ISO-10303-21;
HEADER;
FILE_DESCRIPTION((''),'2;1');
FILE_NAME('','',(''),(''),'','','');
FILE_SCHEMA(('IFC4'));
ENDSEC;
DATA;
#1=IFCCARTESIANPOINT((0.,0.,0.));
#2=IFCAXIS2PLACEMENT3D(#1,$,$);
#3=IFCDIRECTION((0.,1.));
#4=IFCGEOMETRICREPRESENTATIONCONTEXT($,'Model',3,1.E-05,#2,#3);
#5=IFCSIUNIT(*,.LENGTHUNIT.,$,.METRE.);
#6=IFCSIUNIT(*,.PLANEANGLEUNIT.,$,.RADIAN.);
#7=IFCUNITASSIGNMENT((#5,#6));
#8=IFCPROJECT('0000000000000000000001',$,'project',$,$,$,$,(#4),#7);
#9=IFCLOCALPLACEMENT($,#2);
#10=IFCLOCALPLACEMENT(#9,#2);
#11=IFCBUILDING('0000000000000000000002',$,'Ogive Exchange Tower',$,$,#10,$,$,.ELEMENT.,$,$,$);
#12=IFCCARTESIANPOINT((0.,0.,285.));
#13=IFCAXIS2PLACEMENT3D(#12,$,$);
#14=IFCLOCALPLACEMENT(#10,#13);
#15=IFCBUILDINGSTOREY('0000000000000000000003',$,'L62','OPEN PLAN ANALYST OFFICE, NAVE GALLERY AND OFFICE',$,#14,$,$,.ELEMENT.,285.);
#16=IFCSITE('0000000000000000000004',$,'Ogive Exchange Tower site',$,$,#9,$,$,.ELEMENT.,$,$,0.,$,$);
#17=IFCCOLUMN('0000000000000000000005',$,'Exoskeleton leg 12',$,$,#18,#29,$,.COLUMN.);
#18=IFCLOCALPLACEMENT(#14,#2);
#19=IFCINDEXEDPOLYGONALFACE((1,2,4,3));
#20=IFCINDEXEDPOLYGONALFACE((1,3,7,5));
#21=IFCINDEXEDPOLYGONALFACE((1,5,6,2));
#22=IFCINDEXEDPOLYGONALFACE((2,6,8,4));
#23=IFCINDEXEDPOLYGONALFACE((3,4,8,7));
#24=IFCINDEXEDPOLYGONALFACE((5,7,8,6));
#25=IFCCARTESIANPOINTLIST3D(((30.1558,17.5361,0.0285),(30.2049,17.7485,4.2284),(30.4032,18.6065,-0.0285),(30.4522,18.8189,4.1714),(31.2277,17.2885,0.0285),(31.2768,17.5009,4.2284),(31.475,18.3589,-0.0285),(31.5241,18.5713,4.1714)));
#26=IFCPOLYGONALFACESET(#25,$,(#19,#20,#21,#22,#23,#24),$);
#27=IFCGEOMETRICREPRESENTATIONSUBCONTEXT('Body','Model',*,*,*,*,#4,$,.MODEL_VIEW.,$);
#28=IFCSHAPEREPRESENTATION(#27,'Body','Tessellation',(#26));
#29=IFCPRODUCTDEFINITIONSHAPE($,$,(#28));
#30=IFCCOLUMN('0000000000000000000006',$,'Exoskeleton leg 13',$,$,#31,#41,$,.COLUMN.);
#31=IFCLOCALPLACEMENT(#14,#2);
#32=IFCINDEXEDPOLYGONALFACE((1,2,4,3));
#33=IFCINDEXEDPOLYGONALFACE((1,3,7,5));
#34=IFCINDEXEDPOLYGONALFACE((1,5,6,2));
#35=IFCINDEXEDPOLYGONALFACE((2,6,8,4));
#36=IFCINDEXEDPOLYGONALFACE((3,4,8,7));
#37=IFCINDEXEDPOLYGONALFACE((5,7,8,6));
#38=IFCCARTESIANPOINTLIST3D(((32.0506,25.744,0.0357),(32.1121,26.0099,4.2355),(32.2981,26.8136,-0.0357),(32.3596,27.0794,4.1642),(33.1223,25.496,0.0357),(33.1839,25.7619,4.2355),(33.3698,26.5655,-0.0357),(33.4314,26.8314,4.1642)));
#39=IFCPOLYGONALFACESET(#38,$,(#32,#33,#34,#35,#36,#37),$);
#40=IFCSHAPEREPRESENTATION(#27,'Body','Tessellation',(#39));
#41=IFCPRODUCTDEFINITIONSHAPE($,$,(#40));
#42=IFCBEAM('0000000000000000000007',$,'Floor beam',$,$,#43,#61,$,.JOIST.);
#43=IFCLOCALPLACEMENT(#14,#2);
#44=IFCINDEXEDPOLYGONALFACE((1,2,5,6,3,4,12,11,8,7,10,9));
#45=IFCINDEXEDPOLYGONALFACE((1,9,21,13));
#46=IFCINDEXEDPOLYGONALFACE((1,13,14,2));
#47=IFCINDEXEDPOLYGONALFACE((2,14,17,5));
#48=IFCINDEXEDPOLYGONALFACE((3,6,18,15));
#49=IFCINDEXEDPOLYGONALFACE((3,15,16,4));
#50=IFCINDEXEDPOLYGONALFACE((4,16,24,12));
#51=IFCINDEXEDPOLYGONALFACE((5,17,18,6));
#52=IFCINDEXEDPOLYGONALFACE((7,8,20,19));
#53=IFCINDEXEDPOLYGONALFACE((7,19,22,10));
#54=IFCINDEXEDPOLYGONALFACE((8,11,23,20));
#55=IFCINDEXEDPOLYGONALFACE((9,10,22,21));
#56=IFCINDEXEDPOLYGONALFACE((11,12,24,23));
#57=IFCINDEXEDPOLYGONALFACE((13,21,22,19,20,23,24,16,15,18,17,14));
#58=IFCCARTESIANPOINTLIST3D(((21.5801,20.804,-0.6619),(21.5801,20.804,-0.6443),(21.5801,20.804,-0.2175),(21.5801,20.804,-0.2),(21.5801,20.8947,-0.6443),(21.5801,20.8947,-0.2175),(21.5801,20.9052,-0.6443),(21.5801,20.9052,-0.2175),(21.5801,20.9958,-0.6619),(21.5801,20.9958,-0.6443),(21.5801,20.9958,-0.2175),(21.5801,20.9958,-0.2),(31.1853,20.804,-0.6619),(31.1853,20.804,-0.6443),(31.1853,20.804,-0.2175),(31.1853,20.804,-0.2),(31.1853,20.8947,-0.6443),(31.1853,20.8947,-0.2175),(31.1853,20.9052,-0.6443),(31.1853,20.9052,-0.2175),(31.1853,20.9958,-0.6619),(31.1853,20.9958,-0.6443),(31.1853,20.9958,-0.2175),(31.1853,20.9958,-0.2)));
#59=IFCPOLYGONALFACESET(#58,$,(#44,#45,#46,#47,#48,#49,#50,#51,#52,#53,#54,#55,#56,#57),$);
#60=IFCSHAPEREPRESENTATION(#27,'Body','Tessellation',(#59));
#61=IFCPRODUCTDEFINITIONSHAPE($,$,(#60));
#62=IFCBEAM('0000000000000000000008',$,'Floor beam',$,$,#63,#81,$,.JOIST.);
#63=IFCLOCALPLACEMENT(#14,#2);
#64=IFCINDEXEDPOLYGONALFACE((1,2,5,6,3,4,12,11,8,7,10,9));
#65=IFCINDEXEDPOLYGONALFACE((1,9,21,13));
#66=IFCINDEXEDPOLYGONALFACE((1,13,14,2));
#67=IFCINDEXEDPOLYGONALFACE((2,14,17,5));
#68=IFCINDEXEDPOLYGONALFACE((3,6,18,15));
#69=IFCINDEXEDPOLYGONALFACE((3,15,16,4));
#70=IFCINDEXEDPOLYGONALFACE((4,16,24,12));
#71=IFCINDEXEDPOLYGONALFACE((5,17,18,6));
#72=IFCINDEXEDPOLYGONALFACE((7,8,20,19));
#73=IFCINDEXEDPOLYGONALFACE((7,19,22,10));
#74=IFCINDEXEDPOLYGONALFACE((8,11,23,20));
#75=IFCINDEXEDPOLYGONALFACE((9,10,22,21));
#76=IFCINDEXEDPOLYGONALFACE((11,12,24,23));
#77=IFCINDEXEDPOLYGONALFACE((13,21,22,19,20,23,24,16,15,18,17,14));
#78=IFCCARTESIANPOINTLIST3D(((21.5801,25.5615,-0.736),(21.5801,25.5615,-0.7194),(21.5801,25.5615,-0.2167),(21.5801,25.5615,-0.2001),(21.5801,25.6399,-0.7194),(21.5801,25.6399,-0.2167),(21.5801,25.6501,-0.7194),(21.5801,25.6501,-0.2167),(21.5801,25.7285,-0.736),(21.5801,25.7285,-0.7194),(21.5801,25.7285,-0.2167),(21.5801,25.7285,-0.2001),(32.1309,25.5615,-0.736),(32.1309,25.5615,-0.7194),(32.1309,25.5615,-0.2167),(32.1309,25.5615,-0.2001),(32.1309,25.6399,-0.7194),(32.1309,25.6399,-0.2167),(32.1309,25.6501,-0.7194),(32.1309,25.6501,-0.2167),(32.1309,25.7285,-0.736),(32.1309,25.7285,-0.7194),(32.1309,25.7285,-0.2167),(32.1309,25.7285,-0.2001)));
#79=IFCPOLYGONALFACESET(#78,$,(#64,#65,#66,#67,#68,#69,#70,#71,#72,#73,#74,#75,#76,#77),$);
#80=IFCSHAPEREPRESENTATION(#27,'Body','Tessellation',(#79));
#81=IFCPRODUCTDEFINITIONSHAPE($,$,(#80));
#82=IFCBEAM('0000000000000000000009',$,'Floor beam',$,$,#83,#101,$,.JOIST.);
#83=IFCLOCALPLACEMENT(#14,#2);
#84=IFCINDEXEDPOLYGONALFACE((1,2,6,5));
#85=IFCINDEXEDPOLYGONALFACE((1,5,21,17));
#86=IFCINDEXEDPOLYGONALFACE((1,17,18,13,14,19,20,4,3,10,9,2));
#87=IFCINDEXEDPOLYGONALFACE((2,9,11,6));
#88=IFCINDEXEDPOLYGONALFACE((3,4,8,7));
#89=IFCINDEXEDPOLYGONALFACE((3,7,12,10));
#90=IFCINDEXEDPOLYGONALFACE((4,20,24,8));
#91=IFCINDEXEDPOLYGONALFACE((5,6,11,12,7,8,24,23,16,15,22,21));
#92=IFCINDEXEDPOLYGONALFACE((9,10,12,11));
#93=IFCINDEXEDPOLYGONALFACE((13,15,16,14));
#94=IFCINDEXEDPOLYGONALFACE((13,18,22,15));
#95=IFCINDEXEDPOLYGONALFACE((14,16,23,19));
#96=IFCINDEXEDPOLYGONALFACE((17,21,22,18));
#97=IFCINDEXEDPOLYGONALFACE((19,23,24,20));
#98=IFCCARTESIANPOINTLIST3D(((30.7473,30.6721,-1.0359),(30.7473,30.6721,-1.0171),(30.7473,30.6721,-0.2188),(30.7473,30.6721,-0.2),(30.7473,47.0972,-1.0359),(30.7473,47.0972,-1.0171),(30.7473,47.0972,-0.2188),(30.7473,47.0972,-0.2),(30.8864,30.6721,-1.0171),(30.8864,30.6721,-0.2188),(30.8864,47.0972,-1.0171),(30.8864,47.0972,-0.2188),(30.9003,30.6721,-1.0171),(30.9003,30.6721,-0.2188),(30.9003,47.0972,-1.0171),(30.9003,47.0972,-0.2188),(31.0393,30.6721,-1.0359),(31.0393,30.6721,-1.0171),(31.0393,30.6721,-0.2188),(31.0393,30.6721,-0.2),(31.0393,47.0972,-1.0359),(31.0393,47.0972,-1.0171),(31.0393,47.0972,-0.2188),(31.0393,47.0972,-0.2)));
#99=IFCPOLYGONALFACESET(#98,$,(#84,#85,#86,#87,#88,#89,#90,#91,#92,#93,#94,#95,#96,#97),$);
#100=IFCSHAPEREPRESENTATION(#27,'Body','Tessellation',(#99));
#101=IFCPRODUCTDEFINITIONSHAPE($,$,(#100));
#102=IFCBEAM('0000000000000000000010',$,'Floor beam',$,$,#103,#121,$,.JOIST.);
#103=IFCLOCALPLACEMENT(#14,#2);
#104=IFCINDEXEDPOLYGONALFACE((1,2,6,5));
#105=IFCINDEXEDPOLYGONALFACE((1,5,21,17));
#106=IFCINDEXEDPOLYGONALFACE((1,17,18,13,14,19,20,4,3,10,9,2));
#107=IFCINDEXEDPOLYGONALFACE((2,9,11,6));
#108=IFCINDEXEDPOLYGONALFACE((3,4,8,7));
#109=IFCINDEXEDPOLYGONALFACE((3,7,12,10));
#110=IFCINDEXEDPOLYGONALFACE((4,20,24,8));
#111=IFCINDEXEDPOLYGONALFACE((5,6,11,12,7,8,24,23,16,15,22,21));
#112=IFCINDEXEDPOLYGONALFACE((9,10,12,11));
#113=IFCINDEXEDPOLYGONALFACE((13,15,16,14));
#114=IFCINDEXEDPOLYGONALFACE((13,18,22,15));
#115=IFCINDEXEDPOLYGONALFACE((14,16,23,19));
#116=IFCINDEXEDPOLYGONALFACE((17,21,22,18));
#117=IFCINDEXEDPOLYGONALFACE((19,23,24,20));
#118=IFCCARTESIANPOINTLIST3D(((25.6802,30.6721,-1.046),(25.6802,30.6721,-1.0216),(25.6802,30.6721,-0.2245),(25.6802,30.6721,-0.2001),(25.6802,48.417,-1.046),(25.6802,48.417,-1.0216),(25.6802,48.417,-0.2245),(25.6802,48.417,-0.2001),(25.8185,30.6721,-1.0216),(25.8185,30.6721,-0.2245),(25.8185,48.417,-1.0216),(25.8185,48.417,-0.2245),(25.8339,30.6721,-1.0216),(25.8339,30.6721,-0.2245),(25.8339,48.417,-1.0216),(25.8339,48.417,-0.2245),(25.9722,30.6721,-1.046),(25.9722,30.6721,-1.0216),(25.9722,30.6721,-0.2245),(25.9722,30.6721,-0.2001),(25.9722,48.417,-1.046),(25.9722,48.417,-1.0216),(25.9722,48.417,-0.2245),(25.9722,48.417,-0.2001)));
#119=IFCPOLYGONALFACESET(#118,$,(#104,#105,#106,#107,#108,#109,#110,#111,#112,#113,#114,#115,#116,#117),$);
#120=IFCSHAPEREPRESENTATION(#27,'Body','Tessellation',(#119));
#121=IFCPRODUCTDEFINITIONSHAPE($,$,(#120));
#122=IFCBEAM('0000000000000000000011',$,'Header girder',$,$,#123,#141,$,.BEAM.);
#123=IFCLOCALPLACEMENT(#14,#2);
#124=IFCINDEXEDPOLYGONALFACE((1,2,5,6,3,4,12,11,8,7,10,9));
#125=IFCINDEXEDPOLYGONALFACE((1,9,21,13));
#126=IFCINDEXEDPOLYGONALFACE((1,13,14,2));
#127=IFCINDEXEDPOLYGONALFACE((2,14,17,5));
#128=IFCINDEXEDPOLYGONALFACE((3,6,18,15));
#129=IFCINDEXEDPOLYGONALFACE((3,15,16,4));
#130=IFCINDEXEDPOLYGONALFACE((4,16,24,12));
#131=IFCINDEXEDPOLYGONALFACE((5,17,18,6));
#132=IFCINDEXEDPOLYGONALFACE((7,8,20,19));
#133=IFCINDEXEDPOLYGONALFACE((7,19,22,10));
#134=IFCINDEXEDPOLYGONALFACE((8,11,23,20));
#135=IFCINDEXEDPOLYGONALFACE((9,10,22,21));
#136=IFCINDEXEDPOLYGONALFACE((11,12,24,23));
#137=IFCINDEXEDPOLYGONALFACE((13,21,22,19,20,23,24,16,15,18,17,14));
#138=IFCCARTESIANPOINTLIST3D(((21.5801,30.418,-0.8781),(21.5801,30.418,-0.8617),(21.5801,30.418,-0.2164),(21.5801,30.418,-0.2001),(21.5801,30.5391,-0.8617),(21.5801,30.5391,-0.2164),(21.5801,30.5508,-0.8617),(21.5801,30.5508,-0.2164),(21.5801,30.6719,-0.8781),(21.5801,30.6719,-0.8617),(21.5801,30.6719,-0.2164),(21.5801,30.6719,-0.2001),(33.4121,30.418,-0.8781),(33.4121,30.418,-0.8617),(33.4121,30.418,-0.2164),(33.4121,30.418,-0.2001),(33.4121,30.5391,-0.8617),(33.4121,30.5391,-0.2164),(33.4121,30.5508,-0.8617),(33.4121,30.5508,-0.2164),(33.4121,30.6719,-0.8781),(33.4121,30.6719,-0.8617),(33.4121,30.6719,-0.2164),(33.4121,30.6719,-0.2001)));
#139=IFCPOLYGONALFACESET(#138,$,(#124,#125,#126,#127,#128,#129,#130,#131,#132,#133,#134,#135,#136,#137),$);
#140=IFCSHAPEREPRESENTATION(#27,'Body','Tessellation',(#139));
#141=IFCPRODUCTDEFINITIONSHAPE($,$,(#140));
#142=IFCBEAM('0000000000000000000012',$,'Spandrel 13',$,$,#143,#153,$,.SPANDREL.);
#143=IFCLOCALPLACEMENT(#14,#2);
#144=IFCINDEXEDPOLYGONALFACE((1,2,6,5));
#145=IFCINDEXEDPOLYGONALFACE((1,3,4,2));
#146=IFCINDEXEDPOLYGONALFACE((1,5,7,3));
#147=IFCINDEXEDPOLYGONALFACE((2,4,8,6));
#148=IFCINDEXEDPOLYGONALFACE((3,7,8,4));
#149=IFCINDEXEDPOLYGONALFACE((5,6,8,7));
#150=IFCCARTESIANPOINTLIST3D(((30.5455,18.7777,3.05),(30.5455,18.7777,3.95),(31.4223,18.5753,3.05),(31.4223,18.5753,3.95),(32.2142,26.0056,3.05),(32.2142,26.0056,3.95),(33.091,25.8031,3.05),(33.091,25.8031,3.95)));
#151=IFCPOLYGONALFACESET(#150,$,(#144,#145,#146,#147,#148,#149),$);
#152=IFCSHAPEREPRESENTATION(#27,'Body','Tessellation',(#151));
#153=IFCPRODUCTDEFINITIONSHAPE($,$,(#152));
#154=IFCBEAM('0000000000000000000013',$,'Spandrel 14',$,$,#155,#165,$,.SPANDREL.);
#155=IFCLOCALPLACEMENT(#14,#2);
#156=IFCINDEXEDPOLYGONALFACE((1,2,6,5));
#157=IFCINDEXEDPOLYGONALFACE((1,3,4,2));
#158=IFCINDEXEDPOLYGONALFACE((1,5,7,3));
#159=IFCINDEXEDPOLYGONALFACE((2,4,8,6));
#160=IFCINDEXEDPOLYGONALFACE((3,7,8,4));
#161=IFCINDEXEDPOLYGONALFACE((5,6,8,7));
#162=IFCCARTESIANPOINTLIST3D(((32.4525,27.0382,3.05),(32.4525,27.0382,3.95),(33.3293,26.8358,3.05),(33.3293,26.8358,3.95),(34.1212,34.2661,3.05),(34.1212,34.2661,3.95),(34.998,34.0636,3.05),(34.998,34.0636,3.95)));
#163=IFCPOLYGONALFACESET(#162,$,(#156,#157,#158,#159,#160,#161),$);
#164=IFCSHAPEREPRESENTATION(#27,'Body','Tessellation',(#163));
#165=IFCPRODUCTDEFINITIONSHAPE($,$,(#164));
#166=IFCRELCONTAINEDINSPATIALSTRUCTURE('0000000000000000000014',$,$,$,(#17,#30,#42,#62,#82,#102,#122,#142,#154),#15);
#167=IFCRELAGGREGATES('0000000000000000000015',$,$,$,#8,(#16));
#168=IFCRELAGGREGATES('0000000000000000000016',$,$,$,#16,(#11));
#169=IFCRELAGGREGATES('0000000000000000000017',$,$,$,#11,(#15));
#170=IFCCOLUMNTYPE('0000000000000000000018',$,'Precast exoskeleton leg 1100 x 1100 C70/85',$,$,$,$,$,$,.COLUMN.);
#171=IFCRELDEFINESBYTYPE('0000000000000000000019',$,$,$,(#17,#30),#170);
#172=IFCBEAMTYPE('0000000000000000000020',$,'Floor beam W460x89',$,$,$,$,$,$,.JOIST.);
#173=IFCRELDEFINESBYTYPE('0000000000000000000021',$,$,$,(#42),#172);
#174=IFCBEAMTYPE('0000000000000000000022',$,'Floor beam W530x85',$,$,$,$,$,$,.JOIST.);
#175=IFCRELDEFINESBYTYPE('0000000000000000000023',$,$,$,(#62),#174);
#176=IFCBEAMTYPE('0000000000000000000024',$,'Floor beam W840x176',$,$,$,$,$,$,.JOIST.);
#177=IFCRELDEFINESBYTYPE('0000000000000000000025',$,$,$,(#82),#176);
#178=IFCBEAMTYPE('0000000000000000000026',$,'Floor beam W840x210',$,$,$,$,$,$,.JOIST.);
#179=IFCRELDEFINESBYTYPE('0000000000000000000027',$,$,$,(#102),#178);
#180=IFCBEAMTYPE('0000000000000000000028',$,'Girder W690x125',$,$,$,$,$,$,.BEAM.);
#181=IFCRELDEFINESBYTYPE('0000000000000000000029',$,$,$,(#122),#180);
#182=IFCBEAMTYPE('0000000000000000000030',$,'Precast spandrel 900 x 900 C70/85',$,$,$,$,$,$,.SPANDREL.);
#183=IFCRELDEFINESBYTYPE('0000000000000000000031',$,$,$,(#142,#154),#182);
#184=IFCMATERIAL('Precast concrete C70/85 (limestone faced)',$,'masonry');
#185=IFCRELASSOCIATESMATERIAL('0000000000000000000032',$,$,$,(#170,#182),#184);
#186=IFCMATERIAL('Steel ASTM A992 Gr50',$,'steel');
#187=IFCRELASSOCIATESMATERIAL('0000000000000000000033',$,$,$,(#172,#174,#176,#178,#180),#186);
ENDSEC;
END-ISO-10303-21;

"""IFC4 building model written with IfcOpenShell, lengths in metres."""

from ifc_helpers import new_model, si_unit, direction, frame, origin, origin_2d, place, context, subcontext, project, spatial, rectangle, i_section, extrude, material, material_profile, profile_set, type_object, element, save


model = new_model("IFC4")

# Units and contexts
model_context = context("Model", 3, precision=1e-05, world=origin(), true_north=direction((0.0, 1.0)))
body_context = subcontext(model_context, "Body", "Model", "MODEL_VIEW")
ifc_project = project(units=[si_unit("LENGTHUNIT", "METRE"), si_unit("PLANEANGLEUNIT", "RADIAN")], contexts=[model_context])

# Site, building, storey
site_placement = place(None, origin())
site = spatial("IfcSite", under=ifc_project, at=site_placement, Name="Ogive Exchange Tower site", CompositionType="ELEMENT", RefElevation=0.0)
building_placement = place(site_placement, origin())
building = spatial("IfcBuilding", under=site, at=building_placement, Name="Ogive Exchange Tower", CompositionType="ELEMENT")
storey_placement = place(building_placement, frame((0.0, 0.0, 285.0)))
storey = spatial("IfcBuildingStorey", under=building, at=storey_placement, Name="L62", Description="OPEN PLAN ANALYST OFFICE, NAVE GALLERY AND OFFICE", CompositionType="ELEMENT", Elevation=285.0)

# Columns
ifc_material_1 = material(Name="Precast concrete C70/85 (limestone faced)", Category="masonry")
ifc_material_profile_1 = material_profile(ifc_material_1, rectangle(XDim=1.1001, YDim=1.1001, at=origin_2d()), Name="1100 x 1100")
ifc_profile_set_1 = profile_set([ifc_material_profile_1], Name="Precast concrete C70/85 (limestone faced)")
column_type = type_object("IfcColumnType", Name="Precast exoskeleton leg 1100 x 1100 C70/85", PredefinedType="COLUMN", material=ifc_profile_set_1)
column_1_placement = place(storey_placement, frame((30.8154, 17.9475, 0.0), z_axis=(0.011668, 0.050505, 0.998656), x_axis=(-0.974335, 0.225105, 0.0)))
element("IfcColumn", 1, at=column_1_placement, inside=storey, type_object=column_type, Name="Exoskeleton leg 12", PredefinedType="COLUMN", context=body_context, shape_type="SweptSolid", body=[
    extrude(rectangle(XDim=1.1001, YDim=1.1001, at=origin_2d()), origin(), (0.0, 0.0, 1.0), 4.2056),
])
column_2_placement = place(storey_placement, frame((32.7102, 26.1548, 0.0), z_axis=(0.014618, 0.06317, 0.997896), x_axis=(-0.974255, 0.225448, 0.0)))
element("IfcColumn", 2, at=column_2_placement, inside=storey, type_object=column_type, Name="Exoskeleton leg 13", PredefinedType="COLUMN", context=body_context, shape_type="SweptSolid", body=[
    extrude(rectangle(XDim=1.1001, YDim=1.1001, at=origin_2d()), origin(), (0.0, 0.0, 1.0), 4.2087),
])

# Beams
ifc_material_2 = material(Name="Steel ASTM A992 Gr50", Category="steel")
ifc_material_profile_2 = material_profile(ifc_material_2, i_section(OverallWidth=0.1919, OverallDepth=0.4619, WebThickness=0.0105, FlangeThickness=0.0176, at=origin_2d()), Name="W460x89")
ifc_profile_set_2 = profile_set([ifc_material_profile_2], Name="Steel ASTM A992 Gr50")
beam_type_1 = type_object("IfcBeamType", Name="Floor beam W460x89", PredefinedType="JOIST", material=ifc_profile_set_2)
beam_1_placement = place(storey_placement, frame((21.5801, 20.8999, -0.4309), z_axis=(1.0, 0.0, 0.0), x_axis=(0.0, 1.0, 0.0)))
element("IfcBeam", 3, at=beam_1_placement, inside=storey, type_object=beam_type_1, Name="Floor beam", PredefinedType="JOIST", context=body_context, shape_type="SweptSolid", body=[
    extrude(i_section(OverallWidth=0.1919, OverallDepth=0.4619, WebThickness=0.0105, FlangeThickness=0.0176, at=origin_2d()), origin(), (0.0, 0.0, 1.0), 9.6052),
])
ifc_material_profile_3 = material_profile(ifc_material_2, i_section(OverallWidth=0.167, OverallDepth=0.5359, WebThickness=0.0103, FlangeThickness=0.0166, at=origin_2d()), Name="W530x85")
ifc_profile_set_3 = profile_set([ifc_material_profile_3], Name="Steel ASTM A992 Gr50")
beam_type_2 = type_object("IfcBeamType", Name="Floor beam W530x85", PredefinedType="JOIST", material=ifc_profile_set_3)
beam_2_placement = place(storey_placement, frame((21.5801, 25.645, -0.468), z_axis=(1.0, 0.0, 0.0), x_axis=(0.0, 1.0, 0.0)))
element("IfcBeam", 4, at=beam_2_placement, inside=storey, type_object=beam_type_2, Name="Floor beam", PredefinedType="JOIST", context=body_context, shape_type="SweptSolid", body=[
    extrude(i_section(OverallWidth=0.167, OverallDepth=0.5359, WebThickness=0.0103, FlangeThickness=0.0166, at=origin_2d()), origin(), (0.0, 0.0, 1.0), 10.5508),
])
ifc_material_profile_4 = material_profile(ifc_material_2, i_section(OverallWidth=0.292, OverallDepth=0.8359, WebThickness=0.0139, FlangeThickness=0.0188, at=origin_2d()), Name="W840x176")
ifc_profile_set_4 = profile_set([ifc_material_profile_4], Name="Steel ASTM A992 Gr50")
beam_type_3 = type_object("IfcBeamType", Name="Floor beam W840x176", PredefinedType="JOIST", material=ifc_profile_set_4)
beam_3_placement = place(storey_placement, frame((30.8933, 30.6721, -0.6179), z_axis=(0.0, 1.0, 0.0), x_axis=(-1.0, 0.0, 0.0)))
element("IfcBeam", 5, at=beam_3_placement, inside=storey, type_object=beam_type_3, Name="Floor beam", PredefinedType="JOIST", context=body_context, shape_type="SweptSolid", body=[
    extrude(i_section(OverallWidth=0.292, OverallDepth=0.8359, WebThickness=0.0139, FlangeThickness=0.0188, at=origin_2d()), origin(), (0.0, 0.0, 1.0), 16.425),
])
ifc_material_profile_5 = material_profile(ifc_material_2, i_section(OverallWidth=0.292, OverallDepth=0.8459, WebThickness=0.0154, FlangeThickness=0.0244, at=origin_2d()), Name="W840x210")
ifc_profile_set_5 = profile_set([ifc_material_profile_5], Name="Steel ASTM A992 Gr50")
beam_type_4 = type_object("IfcBeamType", Name="Floor beam W840x210", PredefinedType="JOIST", material=ifc_profile_set_5)
beam_4_placement = place(storey_placement, frame((25.8262, 30.6721, -0.623), z_axis=(0.0, 1.0, 0.0), x_axis=(-1.0, 0.0, 0.0)))
element("IfcBeam", 6, at=beam_4_placement, inside=storey, type_object=beam_type_4, Name="Floor beam", PredefinedType="JOIST", context=body_context, shape_type="SweptSolid", body=[
    extrude(i_section(OverallWidth=0.292, OverallDepth=0.8459, WebThickness=0.0154, FlangeThickness=0.0244, at=origin_2d()), origin(), (0.0, 0.0, 1.0), 17.7449),
])
ifc_material_profile_6 = material_profile(ifc_material_2, i_section(OverallWidth=0.2539, OverallDepth=0.678, WebThickness=0.0117, FlangeThickness=0.0164, at=origin_2d()), Name="W690x125")
ifc_profile_set_6 = profile_set([ifc_material_profile_6], Name="Steel ASTM A992 Gr50")
beam_type_5 = type_object("IfcBeamType", Name="Girder W690x125", PredefinedType="BEAM", material=ifc_profile_set_6)
beam_5_placement = place(storey_placement, frame((21.5801, 30.5449, -0.5391), z_axis=(1.0, 0.0, 0.0), x_axis=(0.0, 1.0, 0.0)))
element("IfcBeam", 7, at=beam_5_placement, inside=storey, type_object=beam_type_5, Name="Header girder", PredefinedType="BEAM", context=body_context, shape_type="SweptSolid", body=[
    extrude(i_section(OverallWidth=0.2539, OverallDepth=0.678, WebThickness=0.0117, FlangeThickness=0.0164, at=origin_2d()), origin(), (0.0, 0.0, 1.0), 11.832),
])
ifc_material_profile_7 = material_profile(ifc_material_1, rectangle(XDim=0.8999, YDim=0.8999, at=origin_2d()), Name="900 x 900")
ifc_profile_set_7 = profile_set([ifc_material_profile_7], Name="Precast concrete C70/85 (limestone faced)")
beam_type_6 = type_object("IfcBeamType", Name="Precast spandrel 900 x 900 C70/85", PredefinedType="SPANDREL", material=ifc_profile_set_7)
for number, where, z_axis, x_axis, name in (
    (8, (30.9839, 18.6765, 3.5), (0.224956, 0.974369, 0.0), (-0.974369, 0.224956, 0.0), "Spandrel 13"),
    (9, (32.8909, 26.937, 3.5), (0.224956, 0.974369, 0.0), (-0.974369, 0.224956, 0.0), "Spandrel 14"),
):
    element("IfcBeam", number, at=place(storey_placement, frame(where, z_axis=z_axis, x_axis=x_axis)), inside=storey, type_object=beam_type_6, Name=name, PredefinedType="SPANDREL", context=body_context, shape_type="SweptSolid", body=[
        extrude(rectangle(XDim=0.8999, YDim=0.8999, at=origin_2d()), origin(), (0.0, 0.0, 1.0), 7.418),
    ])

save(model, "model.ifc")
